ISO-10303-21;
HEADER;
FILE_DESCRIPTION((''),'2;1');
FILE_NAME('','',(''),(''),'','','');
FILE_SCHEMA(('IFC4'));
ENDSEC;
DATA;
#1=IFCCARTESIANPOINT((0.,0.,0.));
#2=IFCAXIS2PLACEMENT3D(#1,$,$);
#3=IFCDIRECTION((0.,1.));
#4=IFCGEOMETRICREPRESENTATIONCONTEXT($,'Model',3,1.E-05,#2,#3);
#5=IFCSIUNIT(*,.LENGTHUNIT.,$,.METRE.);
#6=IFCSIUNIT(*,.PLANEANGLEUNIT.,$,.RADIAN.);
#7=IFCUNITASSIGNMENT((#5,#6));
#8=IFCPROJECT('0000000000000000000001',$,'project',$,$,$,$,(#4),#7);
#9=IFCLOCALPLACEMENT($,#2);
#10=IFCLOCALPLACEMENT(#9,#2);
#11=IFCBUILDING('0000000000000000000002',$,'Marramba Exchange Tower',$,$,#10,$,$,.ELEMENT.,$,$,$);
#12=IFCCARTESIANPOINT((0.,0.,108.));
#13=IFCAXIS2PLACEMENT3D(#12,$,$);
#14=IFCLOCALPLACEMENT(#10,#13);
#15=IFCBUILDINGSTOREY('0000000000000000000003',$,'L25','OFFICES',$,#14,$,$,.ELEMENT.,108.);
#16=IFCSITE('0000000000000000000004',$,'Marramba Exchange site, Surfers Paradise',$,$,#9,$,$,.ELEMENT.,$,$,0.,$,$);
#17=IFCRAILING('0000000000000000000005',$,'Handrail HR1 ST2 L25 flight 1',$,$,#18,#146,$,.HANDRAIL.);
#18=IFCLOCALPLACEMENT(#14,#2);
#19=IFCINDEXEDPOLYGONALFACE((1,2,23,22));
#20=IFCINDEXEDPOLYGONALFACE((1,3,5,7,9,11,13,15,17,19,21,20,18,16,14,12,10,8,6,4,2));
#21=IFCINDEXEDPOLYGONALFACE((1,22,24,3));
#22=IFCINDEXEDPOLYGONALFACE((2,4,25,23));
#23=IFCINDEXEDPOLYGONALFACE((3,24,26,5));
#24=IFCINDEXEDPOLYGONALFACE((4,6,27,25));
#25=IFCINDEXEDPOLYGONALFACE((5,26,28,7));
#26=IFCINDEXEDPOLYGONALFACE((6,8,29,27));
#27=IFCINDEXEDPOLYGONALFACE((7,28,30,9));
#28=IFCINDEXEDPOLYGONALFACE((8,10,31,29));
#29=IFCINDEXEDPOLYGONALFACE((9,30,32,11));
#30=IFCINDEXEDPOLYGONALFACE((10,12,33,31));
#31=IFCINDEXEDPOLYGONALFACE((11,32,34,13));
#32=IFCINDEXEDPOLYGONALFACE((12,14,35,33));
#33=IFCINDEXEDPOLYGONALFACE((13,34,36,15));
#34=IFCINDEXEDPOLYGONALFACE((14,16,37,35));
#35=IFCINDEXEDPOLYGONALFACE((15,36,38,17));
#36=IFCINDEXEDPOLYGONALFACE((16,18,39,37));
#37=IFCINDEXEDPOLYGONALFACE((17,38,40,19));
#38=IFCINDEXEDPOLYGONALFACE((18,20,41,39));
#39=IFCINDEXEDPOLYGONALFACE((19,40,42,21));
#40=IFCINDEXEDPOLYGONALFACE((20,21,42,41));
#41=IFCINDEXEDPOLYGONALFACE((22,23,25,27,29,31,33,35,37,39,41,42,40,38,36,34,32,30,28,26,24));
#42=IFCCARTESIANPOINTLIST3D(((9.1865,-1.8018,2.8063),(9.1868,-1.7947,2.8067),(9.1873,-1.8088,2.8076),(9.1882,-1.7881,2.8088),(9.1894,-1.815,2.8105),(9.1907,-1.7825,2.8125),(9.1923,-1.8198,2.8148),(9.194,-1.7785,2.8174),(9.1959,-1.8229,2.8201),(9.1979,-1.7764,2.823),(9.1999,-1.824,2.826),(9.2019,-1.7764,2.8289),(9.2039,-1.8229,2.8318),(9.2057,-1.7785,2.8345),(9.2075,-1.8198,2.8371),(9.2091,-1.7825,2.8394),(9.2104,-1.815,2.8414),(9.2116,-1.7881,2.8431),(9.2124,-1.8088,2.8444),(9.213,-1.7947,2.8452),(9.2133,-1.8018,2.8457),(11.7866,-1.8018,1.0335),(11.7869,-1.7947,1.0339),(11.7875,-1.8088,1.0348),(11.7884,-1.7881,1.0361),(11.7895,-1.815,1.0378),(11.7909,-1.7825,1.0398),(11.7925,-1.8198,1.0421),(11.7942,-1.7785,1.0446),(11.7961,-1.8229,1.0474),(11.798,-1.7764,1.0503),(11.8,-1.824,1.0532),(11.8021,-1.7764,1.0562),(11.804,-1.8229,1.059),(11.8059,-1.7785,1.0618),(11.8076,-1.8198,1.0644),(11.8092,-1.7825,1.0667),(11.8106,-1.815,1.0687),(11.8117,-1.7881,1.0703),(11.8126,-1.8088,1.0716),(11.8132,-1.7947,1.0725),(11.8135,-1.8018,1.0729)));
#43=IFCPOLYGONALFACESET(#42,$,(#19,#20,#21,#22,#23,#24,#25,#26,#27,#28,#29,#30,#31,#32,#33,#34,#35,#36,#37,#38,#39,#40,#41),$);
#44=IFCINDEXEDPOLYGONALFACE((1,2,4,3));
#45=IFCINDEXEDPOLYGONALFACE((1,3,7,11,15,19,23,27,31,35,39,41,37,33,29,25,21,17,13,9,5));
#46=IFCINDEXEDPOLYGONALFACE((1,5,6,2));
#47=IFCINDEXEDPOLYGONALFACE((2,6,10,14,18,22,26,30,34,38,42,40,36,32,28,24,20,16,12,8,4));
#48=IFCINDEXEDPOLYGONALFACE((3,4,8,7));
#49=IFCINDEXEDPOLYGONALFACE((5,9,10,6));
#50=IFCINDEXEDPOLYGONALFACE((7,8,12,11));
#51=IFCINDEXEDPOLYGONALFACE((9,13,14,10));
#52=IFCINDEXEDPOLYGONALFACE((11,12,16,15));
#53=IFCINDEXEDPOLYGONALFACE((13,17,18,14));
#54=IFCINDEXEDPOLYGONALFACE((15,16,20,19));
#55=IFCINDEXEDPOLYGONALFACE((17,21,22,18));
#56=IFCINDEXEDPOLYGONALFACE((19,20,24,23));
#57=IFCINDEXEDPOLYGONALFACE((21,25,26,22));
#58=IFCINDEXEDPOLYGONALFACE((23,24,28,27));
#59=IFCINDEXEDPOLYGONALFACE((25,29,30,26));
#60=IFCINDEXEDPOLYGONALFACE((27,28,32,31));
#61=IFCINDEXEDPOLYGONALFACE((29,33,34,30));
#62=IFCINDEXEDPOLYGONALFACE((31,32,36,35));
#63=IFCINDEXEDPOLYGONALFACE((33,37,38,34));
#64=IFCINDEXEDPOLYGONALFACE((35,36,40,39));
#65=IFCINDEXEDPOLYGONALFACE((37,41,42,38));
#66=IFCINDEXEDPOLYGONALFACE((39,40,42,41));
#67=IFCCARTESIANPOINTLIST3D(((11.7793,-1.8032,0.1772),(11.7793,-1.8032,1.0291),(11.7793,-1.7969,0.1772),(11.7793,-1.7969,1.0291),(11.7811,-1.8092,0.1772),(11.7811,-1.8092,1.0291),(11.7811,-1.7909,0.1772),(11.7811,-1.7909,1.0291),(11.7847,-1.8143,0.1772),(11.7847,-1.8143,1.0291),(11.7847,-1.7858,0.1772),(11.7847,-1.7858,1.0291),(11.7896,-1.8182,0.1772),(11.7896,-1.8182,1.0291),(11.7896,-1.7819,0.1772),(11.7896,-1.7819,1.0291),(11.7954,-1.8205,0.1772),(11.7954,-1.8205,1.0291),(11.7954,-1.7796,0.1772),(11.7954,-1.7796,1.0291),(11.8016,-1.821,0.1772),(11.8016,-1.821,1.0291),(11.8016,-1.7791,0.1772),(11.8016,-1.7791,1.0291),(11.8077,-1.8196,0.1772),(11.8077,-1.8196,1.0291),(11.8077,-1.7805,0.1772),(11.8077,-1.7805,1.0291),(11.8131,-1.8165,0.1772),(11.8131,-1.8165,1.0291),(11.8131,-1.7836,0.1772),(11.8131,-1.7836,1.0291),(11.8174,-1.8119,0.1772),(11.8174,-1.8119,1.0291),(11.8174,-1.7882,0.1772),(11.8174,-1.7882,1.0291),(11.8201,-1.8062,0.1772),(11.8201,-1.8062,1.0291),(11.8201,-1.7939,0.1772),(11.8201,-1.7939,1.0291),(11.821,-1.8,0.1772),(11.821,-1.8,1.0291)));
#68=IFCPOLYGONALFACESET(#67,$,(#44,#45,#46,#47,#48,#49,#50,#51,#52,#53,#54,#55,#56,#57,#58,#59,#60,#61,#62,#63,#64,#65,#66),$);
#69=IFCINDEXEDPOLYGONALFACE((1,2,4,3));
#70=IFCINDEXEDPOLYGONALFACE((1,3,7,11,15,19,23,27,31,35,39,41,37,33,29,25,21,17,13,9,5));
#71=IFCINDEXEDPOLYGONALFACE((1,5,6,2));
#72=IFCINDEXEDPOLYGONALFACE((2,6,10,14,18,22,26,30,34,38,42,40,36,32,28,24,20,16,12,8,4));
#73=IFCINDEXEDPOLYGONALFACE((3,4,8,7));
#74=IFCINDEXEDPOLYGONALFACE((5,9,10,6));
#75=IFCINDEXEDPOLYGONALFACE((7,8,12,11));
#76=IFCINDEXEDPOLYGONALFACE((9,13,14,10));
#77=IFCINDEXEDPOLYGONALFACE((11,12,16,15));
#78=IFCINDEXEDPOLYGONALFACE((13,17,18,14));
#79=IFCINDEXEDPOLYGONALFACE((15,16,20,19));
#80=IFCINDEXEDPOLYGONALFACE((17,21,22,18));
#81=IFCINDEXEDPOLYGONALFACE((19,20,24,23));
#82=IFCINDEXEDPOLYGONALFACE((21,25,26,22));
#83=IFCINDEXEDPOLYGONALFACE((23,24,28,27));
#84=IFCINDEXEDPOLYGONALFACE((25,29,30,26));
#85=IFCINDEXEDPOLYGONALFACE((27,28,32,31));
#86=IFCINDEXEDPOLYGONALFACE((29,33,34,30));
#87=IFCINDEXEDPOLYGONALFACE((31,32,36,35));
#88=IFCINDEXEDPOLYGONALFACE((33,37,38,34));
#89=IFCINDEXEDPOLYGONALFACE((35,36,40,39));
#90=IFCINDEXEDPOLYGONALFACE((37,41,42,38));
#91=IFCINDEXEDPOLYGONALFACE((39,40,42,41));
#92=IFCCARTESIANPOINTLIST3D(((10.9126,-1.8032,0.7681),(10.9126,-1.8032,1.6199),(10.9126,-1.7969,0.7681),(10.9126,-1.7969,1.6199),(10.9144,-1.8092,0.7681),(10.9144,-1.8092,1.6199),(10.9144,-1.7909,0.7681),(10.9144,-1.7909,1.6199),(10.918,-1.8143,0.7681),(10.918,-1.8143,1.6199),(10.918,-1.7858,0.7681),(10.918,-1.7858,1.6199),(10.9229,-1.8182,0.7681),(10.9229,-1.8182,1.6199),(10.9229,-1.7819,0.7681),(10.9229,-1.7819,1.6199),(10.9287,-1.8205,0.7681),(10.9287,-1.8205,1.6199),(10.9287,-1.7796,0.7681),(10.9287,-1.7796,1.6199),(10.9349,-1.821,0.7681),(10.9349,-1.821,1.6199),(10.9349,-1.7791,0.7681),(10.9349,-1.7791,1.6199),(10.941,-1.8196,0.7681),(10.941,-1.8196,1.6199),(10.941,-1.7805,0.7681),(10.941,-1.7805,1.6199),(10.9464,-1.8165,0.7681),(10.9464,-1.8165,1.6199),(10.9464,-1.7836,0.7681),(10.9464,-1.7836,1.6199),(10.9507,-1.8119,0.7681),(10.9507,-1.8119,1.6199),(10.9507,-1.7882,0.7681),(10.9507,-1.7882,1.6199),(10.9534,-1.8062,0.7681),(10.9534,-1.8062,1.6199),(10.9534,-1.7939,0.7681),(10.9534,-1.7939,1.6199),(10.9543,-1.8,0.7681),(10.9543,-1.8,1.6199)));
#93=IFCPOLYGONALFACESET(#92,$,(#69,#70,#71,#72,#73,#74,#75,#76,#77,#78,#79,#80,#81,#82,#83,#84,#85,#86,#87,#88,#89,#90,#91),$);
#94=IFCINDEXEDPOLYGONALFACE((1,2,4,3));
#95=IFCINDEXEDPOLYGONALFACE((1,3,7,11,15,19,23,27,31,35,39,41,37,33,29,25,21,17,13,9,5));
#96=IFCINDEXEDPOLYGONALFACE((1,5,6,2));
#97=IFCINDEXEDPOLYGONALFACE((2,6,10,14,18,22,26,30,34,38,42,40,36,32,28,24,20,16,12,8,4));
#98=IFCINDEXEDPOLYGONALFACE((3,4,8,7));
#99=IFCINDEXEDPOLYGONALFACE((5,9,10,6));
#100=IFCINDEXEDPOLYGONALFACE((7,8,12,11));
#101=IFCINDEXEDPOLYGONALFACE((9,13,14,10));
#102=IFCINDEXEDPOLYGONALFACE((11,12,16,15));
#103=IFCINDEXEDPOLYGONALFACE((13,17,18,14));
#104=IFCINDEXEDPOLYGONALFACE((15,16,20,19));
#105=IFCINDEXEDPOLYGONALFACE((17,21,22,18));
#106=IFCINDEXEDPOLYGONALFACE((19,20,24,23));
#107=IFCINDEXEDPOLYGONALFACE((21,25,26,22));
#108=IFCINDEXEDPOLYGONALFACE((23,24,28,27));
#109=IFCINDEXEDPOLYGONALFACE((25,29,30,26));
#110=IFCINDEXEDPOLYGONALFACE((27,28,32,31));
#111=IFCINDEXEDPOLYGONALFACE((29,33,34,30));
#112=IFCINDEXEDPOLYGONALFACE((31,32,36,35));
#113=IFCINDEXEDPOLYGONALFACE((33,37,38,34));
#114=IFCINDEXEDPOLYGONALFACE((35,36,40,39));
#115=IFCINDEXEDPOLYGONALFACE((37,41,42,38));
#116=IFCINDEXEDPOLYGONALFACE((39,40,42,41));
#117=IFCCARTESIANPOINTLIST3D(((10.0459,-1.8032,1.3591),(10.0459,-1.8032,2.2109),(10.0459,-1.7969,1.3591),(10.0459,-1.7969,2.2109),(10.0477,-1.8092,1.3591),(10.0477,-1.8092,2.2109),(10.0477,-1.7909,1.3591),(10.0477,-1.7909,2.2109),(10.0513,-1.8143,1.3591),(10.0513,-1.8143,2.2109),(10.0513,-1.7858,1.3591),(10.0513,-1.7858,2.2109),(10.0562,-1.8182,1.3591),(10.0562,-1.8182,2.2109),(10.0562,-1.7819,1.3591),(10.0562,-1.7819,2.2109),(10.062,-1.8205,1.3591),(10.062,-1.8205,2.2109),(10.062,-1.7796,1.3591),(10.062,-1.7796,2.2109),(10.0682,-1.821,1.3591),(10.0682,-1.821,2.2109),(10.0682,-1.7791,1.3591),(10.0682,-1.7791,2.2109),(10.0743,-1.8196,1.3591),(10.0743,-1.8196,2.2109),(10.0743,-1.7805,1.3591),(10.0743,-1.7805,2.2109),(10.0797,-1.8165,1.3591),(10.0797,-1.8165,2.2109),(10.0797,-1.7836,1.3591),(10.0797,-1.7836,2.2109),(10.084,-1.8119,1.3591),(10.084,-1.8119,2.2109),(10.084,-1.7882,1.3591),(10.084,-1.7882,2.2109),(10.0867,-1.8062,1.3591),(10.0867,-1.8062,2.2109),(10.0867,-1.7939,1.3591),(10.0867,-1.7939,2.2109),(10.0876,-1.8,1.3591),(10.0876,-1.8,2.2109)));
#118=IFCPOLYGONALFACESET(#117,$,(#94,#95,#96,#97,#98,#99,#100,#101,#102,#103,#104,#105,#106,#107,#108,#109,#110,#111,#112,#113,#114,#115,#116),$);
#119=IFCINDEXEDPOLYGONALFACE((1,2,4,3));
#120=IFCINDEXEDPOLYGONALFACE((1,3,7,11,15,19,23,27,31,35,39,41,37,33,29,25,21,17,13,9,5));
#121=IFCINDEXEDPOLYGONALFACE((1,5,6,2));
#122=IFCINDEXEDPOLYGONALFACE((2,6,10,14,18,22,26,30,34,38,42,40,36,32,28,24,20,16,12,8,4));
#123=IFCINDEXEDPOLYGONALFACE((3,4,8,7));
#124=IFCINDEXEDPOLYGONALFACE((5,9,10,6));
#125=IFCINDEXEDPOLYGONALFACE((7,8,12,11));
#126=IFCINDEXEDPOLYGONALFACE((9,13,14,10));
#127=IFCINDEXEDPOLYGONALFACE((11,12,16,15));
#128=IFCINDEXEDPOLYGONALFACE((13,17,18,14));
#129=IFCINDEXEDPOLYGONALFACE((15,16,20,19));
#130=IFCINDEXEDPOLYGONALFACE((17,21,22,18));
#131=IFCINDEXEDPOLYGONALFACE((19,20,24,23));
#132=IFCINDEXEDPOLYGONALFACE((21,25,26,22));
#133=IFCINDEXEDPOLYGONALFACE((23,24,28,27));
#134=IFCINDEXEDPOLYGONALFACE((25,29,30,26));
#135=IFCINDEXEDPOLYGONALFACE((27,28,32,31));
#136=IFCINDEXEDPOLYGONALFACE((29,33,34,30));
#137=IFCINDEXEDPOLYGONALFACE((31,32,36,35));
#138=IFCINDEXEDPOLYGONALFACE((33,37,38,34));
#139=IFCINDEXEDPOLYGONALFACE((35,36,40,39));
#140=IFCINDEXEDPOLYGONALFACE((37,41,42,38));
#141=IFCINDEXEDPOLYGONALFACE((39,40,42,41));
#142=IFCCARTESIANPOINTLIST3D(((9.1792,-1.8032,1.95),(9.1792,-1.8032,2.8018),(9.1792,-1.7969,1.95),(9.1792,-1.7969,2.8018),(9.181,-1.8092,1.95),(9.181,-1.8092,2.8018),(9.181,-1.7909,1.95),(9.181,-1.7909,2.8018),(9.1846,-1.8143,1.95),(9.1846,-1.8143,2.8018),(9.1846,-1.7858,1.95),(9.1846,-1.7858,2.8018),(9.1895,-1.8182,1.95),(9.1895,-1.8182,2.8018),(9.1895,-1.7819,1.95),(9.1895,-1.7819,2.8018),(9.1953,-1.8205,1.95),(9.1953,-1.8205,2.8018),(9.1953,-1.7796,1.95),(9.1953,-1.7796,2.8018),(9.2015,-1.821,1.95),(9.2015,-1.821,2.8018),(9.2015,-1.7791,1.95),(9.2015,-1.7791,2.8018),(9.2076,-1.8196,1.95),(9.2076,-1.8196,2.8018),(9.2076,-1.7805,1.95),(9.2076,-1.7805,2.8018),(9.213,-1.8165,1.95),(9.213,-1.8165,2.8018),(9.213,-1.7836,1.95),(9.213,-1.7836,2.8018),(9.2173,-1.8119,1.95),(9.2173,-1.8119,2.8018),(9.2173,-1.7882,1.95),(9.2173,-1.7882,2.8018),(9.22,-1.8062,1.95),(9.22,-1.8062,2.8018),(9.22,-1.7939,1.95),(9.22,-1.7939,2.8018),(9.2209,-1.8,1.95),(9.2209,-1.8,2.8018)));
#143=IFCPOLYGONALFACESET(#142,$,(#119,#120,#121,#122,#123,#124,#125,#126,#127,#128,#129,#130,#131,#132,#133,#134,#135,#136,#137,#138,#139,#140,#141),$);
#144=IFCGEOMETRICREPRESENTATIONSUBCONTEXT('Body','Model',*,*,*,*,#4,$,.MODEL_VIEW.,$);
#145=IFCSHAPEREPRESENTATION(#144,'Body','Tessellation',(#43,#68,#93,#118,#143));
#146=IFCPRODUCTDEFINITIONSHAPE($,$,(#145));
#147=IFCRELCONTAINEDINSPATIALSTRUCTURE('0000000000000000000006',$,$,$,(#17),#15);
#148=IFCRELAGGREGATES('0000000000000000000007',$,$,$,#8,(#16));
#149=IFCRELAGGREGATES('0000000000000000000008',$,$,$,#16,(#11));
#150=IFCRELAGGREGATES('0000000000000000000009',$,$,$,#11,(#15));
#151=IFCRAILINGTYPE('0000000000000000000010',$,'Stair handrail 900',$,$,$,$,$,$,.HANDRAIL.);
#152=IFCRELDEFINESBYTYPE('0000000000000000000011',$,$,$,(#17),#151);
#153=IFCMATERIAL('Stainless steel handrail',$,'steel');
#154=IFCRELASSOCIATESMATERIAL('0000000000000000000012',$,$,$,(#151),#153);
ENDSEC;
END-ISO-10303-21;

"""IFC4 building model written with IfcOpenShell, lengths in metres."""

from ifc_helpers import new_model, si_unit, direction, frame, origin, origin_2d, place, context, subcontext, project, spatial, circle, extrude, material, type_object, element, save


model = new_model("IFC4")

# Units and contexts
model_context = context("Model", 3, precision=1e-05, world=origin(), true_north=direction((0.0, 1.0)))
body_context = subcontext(model_context, "Body", "Model", "MODEL_VIEW")
ifc_project = project(units=[si_unit("LENGTHUNIT", "METRE"), si_unit("PLANEANGLEUNIT", "RADIAN")], contexts=[model_context])

# Site, building, storey
site_placement = place(None, origin())
site = spatial("IfcSite", under=ifc_project, at=site_placement, Name="Marramba Exchange site, Surfers Paradise", CompositionType="ELEMENT", RefElevation=0.0)
building_placement = place(site_placement, origin())
building = spatial("IfcBuilding", under=site, at=building_placement, Name="Marramba Exchange Tower", CompositionType="ELEMENT")
storey_placement = place(building_placement, frame((0.0, 0.0, 108.0)))
storey = spatial("IfcBuildingStorey", under=building, at=storey_placement, Name="L25", Description="OFFICES", CompositionType="ELEMENT", Elevation=108.0)

# Railing
ifc_material_1 = material(Name="Stainless steel handrail", Category="steel")
railing_type = type_object("IfcRailingType", Name="Stair handrail 900", PredefinedType="HANDRAIL", material=ifc_material_1)
railing_placement = place(storey_placement, frame((11.8, -1.8, 0.1772)))
element("IfcRailing", 1, at=railing_placement, inside=storey, type_object=railing_type, Name="Handrail HR1 ST2 L25 flight 1", PredefinedType="HANDRAIL", context=body_context, shape_type="SweptSolid", body=[
    extrude(circle(Radius=0.0239, at=origin_2d()), frame((0.0, 0.0, 0.876), z_axis=(-0.82624, 0.0, 0.563318), x_axis=(0.0, -1.0, 0.0)), (0.0, 0.0, 1.0), 3.147),
    extrude(circle(Radius=0.021, at=origin_2d()), origin(), (0.0, 0.0, 1.0), 0.8518),
    extrude(circle(Radius=0.021, at=origin_2d()), frame((-0.8667, 0.0, 0.5908)), (0.0, 0.0, 1.0), 0.8518),
    extrude(circle(Radius=0.021, at=origin_2d()), frame((-1.7334, 0.0, 1.1819)), (0.0, 0.0, 1.0), 0.8518),
    extrude(circle(Radius=0.021, at=origin_2d()), frame((-2.6001, 0.0, 1.7727)), (0.0, 0.0, 1.0), 0.8518),
])

save(model, "model.ifc")
